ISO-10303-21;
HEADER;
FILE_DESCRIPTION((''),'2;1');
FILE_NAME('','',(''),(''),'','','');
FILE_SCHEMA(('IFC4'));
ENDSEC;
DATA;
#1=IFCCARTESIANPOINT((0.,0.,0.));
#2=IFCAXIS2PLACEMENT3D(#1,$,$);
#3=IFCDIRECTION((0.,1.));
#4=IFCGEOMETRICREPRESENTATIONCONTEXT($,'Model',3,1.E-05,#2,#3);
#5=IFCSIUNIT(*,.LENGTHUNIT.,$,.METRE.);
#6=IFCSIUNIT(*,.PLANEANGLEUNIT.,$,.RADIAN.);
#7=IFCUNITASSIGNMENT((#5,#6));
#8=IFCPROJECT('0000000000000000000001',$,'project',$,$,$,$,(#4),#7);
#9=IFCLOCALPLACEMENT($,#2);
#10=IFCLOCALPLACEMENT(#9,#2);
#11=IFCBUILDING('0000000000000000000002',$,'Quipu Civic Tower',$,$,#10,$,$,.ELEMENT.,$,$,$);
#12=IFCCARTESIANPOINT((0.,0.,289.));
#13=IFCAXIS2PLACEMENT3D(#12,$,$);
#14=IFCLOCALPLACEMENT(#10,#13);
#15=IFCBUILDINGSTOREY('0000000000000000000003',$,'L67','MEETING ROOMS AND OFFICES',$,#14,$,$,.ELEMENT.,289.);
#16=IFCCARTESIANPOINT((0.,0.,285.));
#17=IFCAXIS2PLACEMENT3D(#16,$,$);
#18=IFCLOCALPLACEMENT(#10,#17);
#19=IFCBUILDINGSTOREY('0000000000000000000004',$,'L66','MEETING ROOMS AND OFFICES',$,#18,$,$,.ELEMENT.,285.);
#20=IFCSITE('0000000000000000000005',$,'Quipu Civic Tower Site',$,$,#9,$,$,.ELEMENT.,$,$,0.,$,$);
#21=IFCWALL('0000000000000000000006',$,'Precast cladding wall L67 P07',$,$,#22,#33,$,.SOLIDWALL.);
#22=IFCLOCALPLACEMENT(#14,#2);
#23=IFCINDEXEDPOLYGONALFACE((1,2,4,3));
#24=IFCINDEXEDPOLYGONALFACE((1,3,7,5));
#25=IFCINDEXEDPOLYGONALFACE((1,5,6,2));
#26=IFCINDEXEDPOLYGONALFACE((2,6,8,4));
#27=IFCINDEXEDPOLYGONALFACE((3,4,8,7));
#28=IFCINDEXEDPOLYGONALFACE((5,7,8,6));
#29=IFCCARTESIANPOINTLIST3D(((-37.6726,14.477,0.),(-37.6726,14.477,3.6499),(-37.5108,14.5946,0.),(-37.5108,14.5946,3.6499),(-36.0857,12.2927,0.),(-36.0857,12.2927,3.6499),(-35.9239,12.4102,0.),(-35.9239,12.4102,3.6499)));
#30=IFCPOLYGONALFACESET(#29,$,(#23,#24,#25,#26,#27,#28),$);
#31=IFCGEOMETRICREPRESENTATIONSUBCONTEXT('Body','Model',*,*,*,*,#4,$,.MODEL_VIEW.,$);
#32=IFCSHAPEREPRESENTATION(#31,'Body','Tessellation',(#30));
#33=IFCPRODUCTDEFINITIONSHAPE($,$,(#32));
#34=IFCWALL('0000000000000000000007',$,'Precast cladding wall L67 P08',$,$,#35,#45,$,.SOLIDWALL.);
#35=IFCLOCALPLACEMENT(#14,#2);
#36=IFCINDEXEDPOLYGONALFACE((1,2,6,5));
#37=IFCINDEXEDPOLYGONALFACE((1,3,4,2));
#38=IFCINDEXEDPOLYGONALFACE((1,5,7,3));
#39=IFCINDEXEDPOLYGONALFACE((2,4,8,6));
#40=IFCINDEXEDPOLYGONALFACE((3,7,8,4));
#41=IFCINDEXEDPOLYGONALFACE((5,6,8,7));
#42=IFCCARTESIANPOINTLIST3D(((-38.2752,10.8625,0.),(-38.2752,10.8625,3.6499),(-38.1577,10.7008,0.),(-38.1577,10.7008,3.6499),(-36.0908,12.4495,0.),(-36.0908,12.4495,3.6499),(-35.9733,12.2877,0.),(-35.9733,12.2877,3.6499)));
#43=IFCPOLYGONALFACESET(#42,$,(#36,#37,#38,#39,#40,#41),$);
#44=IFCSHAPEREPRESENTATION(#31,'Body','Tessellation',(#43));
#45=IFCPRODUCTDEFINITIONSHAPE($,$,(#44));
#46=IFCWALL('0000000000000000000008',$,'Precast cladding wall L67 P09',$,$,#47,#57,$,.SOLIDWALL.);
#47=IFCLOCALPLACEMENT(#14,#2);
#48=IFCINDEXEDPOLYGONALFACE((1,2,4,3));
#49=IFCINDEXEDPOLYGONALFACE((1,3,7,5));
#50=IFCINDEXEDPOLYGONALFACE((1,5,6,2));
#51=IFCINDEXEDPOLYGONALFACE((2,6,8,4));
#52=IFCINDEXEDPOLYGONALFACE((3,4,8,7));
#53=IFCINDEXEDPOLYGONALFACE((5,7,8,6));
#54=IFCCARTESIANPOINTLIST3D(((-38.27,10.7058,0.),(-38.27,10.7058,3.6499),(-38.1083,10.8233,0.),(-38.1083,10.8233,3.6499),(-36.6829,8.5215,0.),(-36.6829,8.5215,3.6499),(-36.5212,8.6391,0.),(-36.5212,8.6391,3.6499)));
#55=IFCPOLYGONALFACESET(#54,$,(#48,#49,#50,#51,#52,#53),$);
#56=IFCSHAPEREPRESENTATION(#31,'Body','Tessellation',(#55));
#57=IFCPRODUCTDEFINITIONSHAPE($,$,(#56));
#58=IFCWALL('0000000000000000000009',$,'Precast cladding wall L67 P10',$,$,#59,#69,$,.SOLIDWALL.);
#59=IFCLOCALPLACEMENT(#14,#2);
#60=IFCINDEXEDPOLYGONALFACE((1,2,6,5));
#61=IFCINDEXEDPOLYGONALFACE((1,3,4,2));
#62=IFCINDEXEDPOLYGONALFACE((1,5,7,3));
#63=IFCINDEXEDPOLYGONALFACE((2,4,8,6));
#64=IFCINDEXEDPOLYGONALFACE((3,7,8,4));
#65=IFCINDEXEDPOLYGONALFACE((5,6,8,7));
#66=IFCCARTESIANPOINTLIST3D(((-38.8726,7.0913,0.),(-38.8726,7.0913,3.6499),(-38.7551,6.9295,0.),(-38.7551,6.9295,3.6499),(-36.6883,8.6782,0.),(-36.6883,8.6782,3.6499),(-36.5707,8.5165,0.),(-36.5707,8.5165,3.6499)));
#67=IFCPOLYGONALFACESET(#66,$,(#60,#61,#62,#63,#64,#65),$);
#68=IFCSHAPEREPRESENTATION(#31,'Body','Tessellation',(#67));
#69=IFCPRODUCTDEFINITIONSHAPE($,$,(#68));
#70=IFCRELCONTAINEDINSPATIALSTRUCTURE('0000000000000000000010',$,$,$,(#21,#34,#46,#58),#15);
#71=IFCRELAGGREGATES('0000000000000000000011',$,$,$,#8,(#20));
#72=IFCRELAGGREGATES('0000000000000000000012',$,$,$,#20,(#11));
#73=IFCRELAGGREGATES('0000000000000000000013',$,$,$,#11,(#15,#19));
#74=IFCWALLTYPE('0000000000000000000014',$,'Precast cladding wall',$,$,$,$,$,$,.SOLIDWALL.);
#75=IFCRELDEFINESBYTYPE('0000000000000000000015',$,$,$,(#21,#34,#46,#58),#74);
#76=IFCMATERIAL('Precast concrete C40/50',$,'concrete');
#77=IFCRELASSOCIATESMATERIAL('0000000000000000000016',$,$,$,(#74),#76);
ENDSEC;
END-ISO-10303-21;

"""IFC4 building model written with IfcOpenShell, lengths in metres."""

from ifc_helpers import new_model, si_unit, direction, frame, frame_2d, origin, place, context, subcontext, project, spatial, rectangle, extrude, material, type_object, element, save


model = new_model("IFC4")

# Units and contexts
model_context = context("Model", 3, precision=1e-05, world=origin(), true_north=direction((0.0, 1.0)))
body_context = subcontext(model_context, "Body", "Model", "MODEL_VIEW")
ifc_project = project(units=[si_unit("LENGTHUNIT", "METRE"), si_unit("PLANEANGLEUNIT", "RADIAN")], contexts=[model_context])

# Site, building, storey
site_placement = place(None, origin())
site = spatial("IfcSite", under=ifc_project, at=site_placement, Name="Quipu Civic Tower Site", CompositionType="ELEMENT", RefElevation=0.0)
building_placement = place(site_placement, origin())
building = spatial("IfcBuilding", under=site, at=building_placement, Name="Quipu Civic Tower", CompositionType="ELEMENT")
storey_1_placement = place(building_placement, frame((0.0, 0.0, 289.0)))
storey_1 = spatial("IfcBuildingStorey", under=building, at=storey_1_placement, Name="L67", Description="MEETING ROOMS AND OFFICES", CompositionType="ELEMENT", Elevation=289.0)

# Shared definitions
storey_2_placement = place(building_placement, frame((0.0, 0.0, 285.0)))
storey_2 = spatial("IfcBuildingStorey", under=building, at=storey_2_placement, Name="L66", Description="MEETING ROOMS AND OFFICES", CompositionType="ELEMENT", Elevation=285.0)

# Walls
ifc_material_1 = material(Name="Precast concrete C40/50", Category="concrete")
wall_type = type_object("IfcWallType", Name="Precast cladding wall", PredefinedType="SOLIDWALL", material=ifc_material_1)
for number, where, z_axis, x_axis, name in (
    (1, (-37.5918, 14.5359, 0.0), (0.0, 0.0, 1.0), (0.587763, -0.809033, 0.0), "Precast cladding wall L67 P07"),
    (2, (-36.032, 12.3687, 0.0), (0.0, 0.0, 1.0), (-0.809033, -0.587763, 0.0), "Precast cladding wall L67 P08"),
    (3, (-38.1892, 10.7646, 0.0), (0.0, 0.0, 1.0), (0.587822, -0.80899, 0.0), "Precast cladding wall L67 P09"),
    (4, (-36.6294, 8.5974, 0.0), (0.0, 0.0, 1.0), (-0.809033, -0.587763, 0.0), "Precast cladding wall L67 P10"),
):
    element("IfcWall", number, at=place(storey_1_placement, frame(where, z_axis=z_axis, x_axis=x_axis)), inside=storey_1, type_object=wall_type, Name=name, PredefinedType="SOLIDWALL", context=body_context, shape_type="SweptSolid", body=[
        extrude(rectangle(XDim=2.7, YDim=0.2, at=frame_2d((1.3501, 0.0))), origin(), (0.0, 0.0, 1.0), 3.6499),
    ])

save(model, "model.ifc")
